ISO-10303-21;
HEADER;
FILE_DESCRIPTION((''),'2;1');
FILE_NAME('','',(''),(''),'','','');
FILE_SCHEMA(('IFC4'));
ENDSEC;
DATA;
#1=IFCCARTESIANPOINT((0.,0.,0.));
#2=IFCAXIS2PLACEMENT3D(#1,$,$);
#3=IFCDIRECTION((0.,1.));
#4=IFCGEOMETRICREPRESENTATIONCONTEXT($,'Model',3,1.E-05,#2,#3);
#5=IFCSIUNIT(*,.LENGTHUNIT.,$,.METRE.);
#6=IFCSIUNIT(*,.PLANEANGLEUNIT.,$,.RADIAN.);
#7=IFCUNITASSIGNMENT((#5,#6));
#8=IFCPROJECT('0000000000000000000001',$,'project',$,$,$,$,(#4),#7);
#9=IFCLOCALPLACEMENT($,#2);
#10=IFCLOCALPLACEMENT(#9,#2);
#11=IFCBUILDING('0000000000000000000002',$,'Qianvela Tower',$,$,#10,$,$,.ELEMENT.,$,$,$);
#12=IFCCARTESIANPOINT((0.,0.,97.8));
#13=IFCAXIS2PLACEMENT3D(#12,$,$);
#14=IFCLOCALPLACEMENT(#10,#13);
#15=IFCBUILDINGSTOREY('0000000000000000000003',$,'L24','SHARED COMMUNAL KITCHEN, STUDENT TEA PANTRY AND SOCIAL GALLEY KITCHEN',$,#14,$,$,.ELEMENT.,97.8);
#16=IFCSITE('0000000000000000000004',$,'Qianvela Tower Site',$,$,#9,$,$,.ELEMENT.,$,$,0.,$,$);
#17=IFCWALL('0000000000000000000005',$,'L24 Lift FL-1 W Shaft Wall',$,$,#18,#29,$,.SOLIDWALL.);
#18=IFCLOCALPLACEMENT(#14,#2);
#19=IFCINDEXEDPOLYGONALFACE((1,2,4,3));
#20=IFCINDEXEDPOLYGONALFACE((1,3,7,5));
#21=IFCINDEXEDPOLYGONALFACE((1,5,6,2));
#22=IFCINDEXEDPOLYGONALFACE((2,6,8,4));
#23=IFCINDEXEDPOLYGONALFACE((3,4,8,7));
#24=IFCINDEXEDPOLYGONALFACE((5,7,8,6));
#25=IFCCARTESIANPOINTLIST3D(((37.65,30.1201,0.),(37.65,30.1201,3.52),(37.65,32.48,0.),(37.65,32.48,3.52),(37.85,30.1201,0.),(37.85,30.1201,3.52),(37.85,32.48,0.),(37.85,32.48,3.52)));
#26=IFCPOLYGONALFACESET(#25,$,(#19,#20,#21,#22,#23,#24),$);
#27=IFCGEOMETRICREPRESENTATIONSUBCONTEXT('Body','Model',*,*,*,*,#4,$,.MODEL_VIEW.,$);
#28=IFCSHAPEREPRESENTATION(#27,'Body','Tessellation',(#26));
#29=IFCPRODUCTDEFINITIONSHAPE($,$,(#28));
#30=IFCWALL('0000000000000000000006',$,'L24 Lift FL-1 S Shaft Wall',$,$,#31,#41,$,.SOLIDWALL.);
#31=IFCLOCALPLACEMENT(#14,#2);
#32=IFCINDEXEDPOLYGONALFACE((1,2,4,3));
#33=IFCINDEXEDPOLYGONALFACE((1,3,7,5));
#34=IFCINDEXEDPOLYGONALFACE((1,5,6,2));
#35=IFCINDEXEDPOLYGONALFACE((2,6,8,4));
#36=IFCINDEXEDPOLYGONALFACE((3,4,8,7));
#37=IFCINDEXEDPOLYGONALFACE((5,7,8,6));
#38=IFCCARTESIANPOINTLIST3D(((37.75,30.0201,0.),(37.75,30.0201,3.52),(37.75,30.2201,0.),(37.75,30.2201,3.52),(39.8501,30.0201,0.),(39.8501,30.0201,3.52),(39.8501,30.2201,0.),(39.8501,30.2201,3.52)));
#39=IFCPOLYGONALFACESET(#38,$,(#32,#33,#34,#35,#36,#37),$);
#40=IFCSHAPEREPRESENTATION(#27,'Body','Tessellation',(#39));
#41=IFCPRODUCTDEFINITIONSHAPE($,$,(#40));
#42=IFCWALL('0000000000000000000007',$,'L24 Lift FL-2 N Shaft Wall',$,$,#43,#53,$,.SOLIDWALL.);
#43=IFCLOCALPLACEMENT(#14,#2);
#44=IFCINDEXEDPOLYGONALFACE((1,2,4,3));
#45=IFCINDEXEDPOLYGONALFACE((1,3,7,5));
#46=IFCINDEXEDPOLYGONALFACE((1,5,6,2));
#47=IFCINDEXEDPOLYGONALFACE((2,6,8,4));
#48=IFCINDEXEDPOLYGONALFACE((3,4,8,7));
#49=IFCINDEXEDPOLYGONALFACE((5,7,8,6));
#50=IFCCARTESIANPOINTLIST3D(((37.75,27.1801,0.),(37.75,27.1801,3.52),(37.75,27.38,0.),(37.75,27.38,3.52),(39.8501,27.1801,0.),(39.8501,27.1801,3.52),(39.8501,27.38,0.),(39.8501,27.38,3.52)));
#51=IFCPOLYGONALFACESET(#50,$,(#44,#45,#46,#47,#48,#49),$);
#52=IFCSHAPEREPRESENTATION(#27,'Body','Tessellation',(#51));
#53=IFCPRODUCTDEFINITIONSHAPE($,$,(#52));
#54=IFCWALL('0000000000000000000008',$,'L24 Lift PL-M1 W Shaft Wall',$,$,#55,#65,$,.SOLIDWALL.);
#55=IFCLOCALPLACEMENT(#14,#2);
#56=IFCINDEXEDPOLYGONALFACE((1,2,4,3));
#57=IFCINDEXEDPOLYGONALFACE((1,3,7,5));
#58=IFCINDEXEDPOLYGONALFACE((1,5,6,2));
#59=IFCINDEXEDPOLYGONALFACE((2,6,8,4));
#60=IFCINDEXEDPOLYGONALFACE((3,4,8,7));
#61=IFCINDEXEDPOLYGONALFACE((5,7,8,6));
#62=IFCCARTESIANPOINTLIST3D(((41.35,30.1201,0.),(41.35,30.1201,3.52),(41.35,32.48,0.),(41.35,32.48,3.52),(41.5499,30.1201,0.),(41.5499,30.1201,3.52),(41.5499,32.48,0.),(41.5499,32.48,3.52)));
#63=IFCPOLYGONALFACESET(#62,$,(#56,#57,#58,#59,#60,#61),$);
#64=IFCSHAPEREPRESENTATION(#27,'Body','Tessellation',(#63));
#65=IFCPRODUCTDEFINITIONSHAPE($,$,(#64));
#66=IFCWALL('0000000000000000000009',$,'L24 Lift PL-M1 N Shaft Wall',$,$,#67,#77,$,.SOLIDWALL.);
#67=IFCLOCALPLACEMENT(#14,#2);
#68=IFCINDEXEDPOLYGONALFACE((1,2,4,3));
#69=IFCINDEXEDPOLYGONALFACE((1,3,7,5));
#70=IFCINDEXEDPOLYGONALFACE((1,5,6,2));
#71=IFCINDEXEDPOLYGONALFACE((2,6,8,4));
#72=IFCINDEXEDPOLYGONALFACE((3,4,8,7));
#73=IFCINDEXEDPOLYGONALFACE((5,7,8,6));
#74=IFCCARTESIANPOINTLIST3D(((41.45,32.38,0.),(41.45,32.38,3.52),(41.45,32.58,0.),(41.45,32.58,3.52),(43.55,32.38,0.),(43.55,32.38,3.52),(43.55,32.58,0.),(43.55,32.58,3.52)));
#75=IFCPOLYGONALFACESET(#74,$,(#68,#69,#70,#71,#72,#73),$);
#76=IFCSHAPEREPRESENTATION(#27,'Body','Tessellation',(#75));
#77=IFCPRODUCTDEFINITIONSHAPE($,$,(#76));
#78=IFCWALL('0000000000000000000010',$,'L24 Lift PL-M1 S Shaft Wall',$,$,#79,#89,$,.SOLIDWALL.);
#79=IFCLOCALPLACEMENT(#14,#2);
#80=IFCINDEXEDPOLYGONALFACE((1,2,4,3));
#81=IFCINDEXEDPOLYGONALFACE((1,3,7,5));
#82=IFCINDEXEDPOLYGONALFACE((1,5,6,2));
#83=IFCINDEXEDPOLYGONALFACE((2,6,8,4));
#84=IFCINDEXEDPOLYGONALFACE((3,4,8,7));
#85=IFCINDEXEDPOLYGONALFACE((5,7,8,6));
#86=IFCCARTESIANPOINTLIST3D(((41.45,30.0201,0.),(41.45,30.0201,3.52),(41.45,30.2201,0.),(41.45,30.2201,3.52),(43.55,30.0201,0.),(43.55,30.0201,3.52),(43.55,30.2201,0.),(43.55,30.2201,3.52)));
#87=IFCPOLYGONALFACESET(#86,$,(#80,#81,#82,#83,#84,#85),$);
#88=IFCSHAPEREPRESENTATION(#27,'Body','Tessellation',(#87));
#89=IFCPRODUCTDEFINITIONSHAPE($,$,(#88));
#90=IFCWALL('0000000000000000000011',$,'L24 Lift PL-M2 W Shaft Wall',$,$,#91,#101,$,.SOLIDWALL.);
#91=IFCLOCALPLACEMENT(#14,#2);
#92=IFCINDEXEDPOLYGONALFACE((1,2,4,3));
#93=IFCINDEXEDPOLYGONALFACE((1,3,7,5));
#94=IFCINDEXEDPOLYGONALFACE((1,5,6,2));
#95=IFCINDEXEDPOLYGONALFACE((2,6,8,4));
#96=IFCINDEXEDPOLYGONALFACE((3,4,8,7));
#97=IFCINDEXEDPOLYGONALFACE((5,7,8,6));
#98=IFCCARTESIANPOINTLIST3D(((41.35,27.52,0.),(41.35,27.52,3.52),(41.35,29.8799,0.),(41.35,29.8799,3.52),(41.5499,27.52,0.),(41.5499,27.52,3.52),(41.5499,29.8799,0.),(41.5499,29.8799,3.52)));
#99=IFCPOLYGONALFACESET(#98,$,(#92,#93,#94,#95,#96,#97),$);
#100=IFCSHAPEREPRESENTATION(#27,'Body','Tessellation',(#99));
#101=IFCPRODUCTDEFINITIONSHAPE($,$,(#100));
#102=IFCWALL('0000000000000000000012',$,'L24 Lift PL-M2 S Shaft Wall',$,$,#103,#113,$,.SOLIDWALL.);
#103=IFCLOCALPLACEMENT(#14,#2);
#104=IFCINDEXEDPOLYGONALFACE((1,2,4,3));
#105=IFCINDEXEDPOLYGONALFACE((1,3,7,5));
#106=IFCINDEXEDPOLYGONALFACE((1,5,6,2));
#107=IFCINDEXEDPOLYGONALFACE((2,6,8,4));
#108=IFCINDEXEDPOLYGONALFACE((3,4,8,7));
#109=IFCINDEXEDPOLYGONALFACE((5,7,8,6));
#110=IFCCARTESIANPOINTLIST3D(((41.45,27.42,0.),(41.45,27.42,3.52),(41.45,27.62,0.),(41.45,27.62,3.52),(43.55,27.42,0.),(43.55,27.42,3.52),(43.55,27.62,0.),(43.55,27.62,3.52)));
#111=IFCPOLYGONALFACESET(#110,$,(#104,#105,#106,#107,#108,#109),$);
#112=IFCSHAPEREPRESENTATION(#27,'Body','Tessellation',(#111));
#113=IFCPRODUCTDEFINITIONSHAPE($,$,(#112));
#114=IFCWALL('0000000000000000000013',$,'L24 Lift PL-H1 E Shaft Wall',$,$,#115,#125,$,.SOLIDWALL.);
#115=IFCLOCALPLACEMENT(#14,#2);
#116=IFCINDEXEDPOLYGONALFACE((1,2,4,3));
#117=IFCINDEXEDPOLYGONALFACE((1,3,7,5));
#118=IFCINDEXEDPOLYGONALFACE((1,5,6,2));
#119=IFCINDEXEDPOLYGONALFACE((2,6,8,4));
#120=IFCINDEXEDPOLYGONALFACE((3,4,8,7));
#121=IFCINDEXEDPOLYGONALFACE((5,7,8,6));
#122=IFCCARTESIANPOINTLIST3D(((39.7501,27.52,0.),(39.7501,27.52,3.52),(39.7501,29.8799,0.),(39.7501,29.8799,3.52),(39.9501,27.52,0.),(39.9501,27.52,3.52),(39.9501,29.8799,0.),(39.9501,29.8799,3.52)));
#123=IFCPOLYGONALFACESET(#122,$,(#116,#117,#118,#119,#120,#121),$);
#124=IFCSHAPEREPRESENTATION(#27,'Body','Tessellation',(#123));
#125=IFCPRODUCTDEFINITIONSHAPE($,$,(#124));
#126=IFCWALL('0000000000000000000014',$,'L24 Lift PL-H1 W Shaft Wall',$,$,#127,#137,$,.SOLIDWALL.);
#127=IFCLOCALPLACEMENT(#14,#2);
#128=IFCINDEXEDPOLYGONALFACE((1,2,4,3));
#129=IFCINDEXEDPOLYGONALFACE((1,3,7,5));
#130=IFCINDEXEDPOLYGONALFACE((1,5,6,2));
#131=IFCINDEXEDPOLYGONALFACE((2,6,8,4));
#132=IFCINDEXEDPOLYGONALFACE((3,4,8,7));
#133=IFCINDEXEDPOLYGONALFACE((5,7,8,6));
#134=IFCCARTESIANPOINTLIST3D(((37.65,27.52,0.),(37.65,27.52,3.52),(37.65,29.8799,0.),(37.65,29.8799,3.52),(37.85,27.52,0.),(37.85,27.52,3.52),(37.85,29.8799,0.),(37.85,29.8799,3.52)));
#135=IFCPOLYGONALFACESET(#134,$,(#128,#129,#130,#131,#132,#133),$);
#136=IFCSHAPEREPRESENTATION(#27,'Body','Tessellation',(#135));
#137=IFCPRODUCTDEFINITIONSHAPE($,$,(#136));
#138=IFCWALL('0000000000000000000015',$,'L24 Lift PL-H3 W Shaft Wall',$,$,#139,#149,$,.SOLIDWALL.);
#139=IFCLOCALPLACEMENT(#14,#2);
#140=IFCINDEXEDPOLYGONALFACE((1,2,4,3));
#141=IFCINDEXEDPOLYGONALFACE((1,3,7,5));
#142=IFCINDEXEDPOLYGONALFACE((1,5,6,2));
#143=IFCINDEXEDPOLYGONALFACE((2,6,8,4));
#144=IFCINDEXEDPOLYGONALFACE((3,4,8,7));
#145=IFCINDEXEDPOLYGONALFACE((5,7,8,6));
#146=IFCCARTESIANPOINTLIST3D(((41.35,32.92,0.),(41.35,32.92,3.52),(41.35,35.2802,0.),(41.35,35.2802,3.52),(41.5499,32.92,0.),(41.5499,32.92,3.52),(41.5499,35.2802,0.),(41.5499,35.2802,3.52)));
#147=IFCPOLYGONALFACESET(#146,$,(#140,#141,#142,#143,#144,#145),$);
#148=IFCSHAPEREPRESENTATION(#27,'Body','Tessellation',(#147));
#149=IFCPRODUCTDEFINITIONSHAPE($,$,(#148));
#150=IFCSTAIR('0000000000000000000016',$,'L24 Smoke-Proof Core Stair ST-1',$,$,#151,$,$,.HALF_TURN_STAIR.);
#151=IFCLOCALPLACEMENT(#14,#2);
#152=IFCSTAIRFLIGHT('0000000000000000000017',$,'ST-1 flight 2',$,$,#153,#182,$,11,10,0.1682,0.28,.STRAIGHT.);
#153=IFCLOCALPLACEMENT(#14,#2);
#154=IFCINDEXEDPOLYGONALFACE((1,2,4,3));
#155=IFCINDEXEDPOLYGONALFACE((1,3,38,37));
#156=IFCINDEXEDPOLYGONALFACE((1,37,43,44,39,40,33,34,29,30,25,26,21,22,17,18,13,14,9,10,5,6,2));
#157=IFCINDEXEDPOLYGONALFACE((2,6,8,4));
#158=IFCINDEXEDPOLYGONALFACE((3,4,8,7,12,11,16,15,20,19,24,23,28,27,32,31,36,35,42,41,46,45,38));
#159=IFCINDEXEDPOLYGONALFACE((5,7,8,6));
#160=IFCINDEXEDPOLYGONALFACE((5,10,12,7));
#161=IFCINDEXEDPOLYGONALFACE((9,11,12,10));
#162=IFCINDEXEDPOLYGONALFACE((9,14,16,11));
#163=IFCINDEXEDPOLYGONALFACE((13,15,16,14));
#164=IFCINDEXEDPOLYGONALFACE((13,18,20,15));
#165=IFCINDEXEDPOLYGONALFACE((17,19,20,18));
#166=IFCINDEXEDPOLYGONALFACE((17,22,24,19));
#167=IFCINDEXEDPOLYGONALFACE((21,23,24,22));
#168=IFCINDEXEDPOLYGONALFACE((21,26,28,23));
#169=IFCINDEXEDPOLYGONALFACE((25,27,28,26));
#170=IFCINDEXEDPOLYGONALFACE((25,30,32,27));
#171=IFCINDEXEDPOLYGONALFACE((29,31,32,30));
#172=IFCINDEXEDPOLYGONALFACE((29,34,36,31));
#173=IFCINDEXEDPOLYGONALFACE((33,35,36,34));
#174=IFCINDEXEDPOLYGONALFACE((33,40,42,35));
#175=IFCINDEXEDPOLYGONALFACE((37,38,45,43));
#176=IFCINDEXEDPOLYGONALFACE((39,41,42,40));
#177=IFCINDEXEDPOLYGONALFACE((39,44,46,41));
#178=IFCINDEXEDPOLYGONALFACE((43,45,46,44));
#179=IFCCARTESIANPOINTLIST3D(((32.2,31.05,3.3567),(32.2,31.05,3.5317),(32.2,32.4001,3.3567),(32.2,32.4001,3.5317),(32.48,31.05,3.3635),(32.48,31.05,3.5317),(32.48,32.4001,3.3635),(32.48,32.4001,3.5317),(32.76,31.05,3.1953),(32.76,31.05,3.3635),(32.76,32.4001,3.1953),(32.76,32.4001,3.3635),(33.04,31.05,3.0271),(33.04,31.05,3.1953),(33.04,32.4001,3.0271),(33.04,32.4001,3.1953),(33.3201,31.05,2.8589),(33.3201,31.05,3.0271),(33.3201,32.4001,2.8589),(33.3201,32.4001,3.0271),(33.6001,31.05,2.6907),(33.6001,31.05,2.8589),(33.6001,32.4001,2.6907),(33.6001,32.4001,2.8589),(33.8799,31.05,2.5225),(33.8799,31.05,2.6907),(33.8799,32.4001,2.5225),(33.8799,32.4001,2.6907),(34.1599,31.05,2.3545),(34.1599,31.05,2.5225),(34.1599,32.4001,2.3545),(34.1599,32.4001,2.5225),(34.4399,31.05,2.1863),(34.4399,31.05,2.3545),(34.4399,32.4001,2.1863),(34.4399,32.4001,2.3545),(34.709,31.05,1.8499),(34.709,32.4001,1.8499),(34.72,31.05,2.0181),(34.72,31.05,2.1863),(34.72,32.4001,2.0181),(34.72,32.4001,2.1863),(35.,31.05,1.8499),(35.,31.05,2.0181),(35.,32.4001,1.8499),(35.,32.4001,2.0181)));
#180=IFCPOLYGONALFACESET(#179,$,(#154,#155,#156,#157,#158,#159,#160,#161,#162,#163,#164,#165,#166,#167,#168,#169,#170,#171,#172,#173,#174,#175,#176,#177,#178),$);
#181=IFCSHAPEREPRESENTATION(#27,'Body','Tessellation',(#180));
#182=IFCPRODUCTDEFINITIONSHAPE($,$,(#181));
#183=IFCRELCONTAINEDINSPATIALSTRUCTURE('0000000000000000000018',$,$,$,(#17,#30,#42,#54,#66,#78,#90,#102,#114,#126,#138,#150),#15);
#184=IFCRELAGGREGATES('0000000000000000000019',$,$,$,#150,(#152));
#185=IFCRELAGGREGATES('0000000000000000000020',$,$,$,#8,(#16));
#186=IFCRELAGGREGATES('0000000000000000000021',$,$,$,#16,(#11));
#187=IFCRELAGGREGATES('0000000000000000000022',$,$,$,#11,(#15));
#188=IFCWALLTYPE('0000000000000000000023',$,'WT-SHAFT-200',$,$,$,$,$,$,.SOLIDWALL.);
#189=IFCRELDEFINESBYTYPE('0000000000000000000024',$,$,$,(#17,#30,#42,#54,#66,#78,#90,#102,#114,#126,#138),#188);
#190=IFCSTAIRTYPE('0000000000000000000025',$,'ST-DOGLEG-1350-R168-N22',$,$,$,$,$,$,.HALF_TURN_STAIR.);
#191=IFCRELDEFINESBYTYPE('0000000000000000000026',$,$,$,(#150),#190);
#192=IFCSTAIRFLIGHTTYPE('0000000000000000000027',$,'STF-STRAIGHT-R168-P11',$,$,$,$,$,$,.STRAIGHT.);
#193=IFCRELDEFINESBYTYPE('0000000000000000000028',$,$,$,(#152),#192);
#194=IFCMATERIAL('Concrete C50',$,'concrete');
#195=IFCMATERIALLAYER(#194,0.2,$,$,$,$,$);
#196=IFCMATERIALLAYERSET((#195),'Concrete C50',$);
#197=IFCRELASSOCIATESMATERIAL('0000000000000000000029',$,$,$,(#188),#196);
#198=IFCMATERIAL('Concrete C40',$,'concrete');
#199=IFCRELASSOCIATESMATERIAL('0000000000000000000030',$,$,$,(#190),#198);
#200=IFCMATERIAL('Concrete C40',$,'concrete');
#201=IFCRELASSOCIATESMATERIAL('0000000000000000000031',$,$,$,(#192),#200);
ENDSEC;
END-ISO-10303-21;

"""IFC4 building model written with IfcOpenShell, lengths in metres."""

from ifc_helpers import new_model, si_unit, direction, frame, frame_2d, origin, place, context, subcontext, project, spatial, polyline, rectangle, outline, extrude, material, layer, layer_set, type_object, element, aggregate, save


model = new_model("IFC4")

# Units and contexts
model_context = context("Model", 3, precision=1e-05, world=origin(), true_north=direction((0.0, 1.0)))
body_context = subcontext(model_context, "Body", "Model", "MODEL_VIEW")
ifc_project = project(units=[si_unit("LENGTHUNIT", "METRE"), si_unit("PLANEANGLEUNIT", "RADIAN")], contexts=[model_context])

# Site, building, storey
site_placement = place(None, origin())
site = spatial("IfcSite", under=ifc_project, at=site_placement, Name="Qianvela Tower Site", CompositionType="ELEMENT", RefElevation=0.0)
building_placement = place(site_placement, origin())
building = spatial("IfcBuilding", under=site, at=building_placement, Name="Qianvela Tower", CompositionType="ELEMENT")
storey_placement = place(building_placement, frame((0.0, 0.0, 97.8)))
storey = spatial("IfcBuildingStorey", under=building, at=storey_placement, Name="L24", Description="SHARED COMMUNAL KITCHEN, STUDENT TEA PANTRY AND SOCIAL GALLEY KITCHEN", CompositionType="ELEMENT", Elevation=97.8)

# Shared definitions
ifc_material_1 = material(Name="Concrete C50", Category="concrete")
ifc_layer_1 = layer(ifc_material_1, 0.2)
ifc_layer_set_1 = layer_set([ifc_layer_1], Name="Concrete C50")
wall_type_1 = type_object("IfcWallType", Name="WT-SHAFT-200", PredefinedType="SOLIDWALL", material=ifc_layer_set_1)

# Walls
wall_1_placement = place(storey_placement, frame((37.75, 30.1201, 0.0), z_axis=(0.0, 0.0, 1.0), x_axis=(0.0, 1.0, 0.0)))
element("IfcWall", 1, at=wall_1_placement, inside=storey, type_object=wall_type_1, Name="L24 Lift FL-1 W Shaft Wall", PredefinedType="SOLIDWALL", context=body_context, shape_type="SweptSolid", body=[
    extrude(rectangle(XDim=2.3599, YDim=0.2, at=frame_2d((1.1799, 0.0))), origin(), (0.0, 0.0, 1.0), 3.52),
])
for number, where, z_axis, x_axis, name in (
    (2, (37.75, 30.1201, 0.0), (0.0, 0.0, 1.0), (1.0, 0.0, 0.0), "L24 Lift FL-1 S Shaft Wall"),
    (3, (37.75, 27.28, 0.0), (0.0, 0.0, 1.0), (1.0, 0.0, 0.0), "L24 Lift FL-2 N Shaft Wall"),
):
    element("IfcWall", number, at=place(storey_placement, frame(where, z_axis=z_axis, x_axis=x_axis)), inside=storey, type_object=wall_type_1, Name=name, PredefinedType="SOLIDWALL", context=body_context, shape_type="SweptSolid", body=[
        extrude(rectangle(XDim=2.1001, YDim=0.2, at=frame_2d((1.05, 0.0))), origin(), (0.0, 0.0, 1.0), 3.52),
    ])
wall_2_placement = place(storey_placement, frame((41.45, 30.1201, 0.0), z_axis=(0.0, 0.0, 1.0), x_axis=(0.0, 1.0, 0.0)))
element("IfcWall", 4, at=wall_2_placement, inside=storey, type_object=wall_type_1, Name="L24 Lift PL-M1 W Shaft Wall", PredefinedType="SOLIDWALL", context=body_context, shape_type="SweptSolid", body=[
    extrude(rectangle(XDim=2.3599, YDim=0.2, at=frame_2d((1.1799, 0.0))), origin(), (0.0, 0.0, 1.0), 3.52),
])
for number, where, z_axis, x_axis, name in (
    (5, (41.45, 32.48, 0.0), (0.0, 0.0, 1.0), (1.0, 0.0, 0.0), "L24 Lift PL-M1 N Shaft Wall"),
    (6, (41.45, 30.1201, 0.0), (0.0, 0.0, 1.0), (1.0, 0.0, 0.0), "L24 Lift PL-M1 S Shaft Wall"),
):
    element("IfcWall", number, at=place(storey_placement, frame(where, z_axis=z_axis, x_axis=x_axis)), inside=storey, type_object=wall_type_1, Name=name, PredefinedType="SOLIDWALL", context=body_context, shape_type="SweptSolid", body=[
        extrude(rectangle(XDim=2.1001, YDim=0.2, at=frame_2d((1.05, 0.0))), origin(), (0.0, 0.0, 1.0), 3.52),
    ])
wall_3_placement = place(storey_placement, frame((41.45, 27.52, 0.0), z_axis=(0.0, 0.0, 1.0), x_axis=(0.0, 1.0, 0.0)))
element("IfcWall", 7, at=wall_3_placement, inside=storey, type_object=wall_type_1, Name="L24 Lift PL-M2 W Shaft Wall", PredefinedType="SOLIDWALL", context=body_context, shape_type="SweptSolid", body=[
    extrude(rectangle(XDim=2.3599, YDim=0.2, at=frame_2d((1.1799, 0.0))), origin(), (0.0, 0.0, 1.0), 3.52),
])
wall_4_placement = place(storey_placement, frame((41.45, 27.52, 0.0), z_axis=(0.0, 0.0, 1.0), x_axis=(1.0, 0.0, 0.0)))
element("IfcWall", 8, at=wall_4_placement, inside=storey, type_object=wall_type_1, Name="L24 Lift PL-M2 S Shaft Wall", PredefinedType="SOLIDWALL", context=body_context, shape_type="SweptSolid", body=[
    extrude(rectangle(XDim=2.1001, YDim=0.2, at=frame_2d((1.05, 0.0))), origin(), (0.0, 0.0, 1.0), 3.52),
])
for number, where, z_axis, x_axis, name in (
    (9, (39.8501, 27.52, 0.0), (0.0, 0.0, 1.0), (0.0, 1.0, 0.0), "L24 Lift PL-H1 E Shaft Wall"),
    (10, (37.75, 27.52, 0.0), (0.0, 0.0, 1.0), (0.0, 1.0, 0.0), "L24 Lift PL-H1 W Shaft Wall"),
):
    element("IfcWall", number, at=place(storey_placement, frame(where, z_axis=z_axis, x_axis=x_axis)), inside=storey, type_object=wall_type_1, Name=name, PredefinedType="SOLIDWALL", context=body_context, shape_type="SweptSolid", body=[
        extrude(rectangle(XDim=2.3599, YDim=0.2, at=frame_2d((1.1799, 0.0))), origin(), (0.0, 0.0, 1.0), 3.52),
    ])
wall_5_placement = place(storey_placement, frame((41.45, 32.9199, 0.0), z_axis=(0.0, 0.0, 1.0), x_axis=(0.0, 1.0, 0.0)))
element("IfcWall", 11, at=wall_5_placement, inside=storey, type_object=wall_type_1, Name="L24 Lift PL-H3 W Shaft Wall", PredefinedType="SOLIDWALL", context=body_context, shape_type="SweptSolid", body=[
    extrude(rectangle(XDim=2.3601, YDim=0.2, at=frame_2d((1.1802, 0.0))), origin(), (0.0, 0.0, 1.0), 3.52),
])

# Stair, stair flight
ifc_material_2 = material(Name="Concrete C40", Category="concrete")
stair_type = type_object("IfcStairType", Name="ST-DOGLEG-1350-R168-N22", PredefinedType="HALF_TURN_STAIR", material=ifc_material_2)
stair_1_placement = place(storey_placement, origin())
stair_1 = element("IfcStair", 12, at=stair_1_placement, inside=storey, type_object=stair_type, Name="L24 Smoke-Proof Core Stair ST-1", PredefinedType="HALF_TURN_STAIR")
ifc_material_3 = material(Name="Concrete C40", Category="concrete")
stair_flight_type = type_object("IfcStairFlightType", Name="STF-STRAIGHT-R168-P11", PredefinedType="STRAIGHT", material=ifc_material_3)
stair_flight_1_placement = place(storey_placement, frame((35.0, 31.7251, 1.8499), z_axis=(0.0, 0.0, 1.0), x_axis=(-1.0, 0.0, 0.0)))
stair_flight_1 = element("IfcStairFlight", 13, at=stair_flight_1_placement, type_object=stair_flight_type, Name="ST-1 flight 2", NumberOfRisers=11, NumberOfTreads=10, PredefinedType="STRAIGHT", RiserHeight=0.1682, TreadLength=0.28, context=body_context, shape_type="SweptSolid", body=[
    extrude(outline(polyline([(0.0, 0.0), (0.0, 0.1682), (0.28, 0.1682), (0.28, 0.3364), (0.5601, 0.3364), (0.5601, 0.5046), (0.8401, 0.5046), (0.8401, 0.6726), (1.1201, 0.6726), (1.1201, 0.8408), (1.3999, 0.8408), (1.3999, 1.009), (1.6799, 1.009), (1.6799, 1.1772), (1.96, 1.1772), (1.96, 1.3455), (2.24, 1.3455), (2.24, 1.5137), (2.52, 1.5137), (2.52, 1.6819), (2.8, 1.6819), (2.8, 1.8501), (2.8, 1.5068), (0.291, 0.0), (0.0, 0.0)])), frame((0.0, 0.675, 0.0), z_axis=(0.0, -1.0, 0.0), x_axis=(1.0, 0.0, 0.0)), (0.0, 0.0, 1.0), 1.3501),
])
aggregate(stair_1, [stair_flight_1])

save(model, "model.ifc")
